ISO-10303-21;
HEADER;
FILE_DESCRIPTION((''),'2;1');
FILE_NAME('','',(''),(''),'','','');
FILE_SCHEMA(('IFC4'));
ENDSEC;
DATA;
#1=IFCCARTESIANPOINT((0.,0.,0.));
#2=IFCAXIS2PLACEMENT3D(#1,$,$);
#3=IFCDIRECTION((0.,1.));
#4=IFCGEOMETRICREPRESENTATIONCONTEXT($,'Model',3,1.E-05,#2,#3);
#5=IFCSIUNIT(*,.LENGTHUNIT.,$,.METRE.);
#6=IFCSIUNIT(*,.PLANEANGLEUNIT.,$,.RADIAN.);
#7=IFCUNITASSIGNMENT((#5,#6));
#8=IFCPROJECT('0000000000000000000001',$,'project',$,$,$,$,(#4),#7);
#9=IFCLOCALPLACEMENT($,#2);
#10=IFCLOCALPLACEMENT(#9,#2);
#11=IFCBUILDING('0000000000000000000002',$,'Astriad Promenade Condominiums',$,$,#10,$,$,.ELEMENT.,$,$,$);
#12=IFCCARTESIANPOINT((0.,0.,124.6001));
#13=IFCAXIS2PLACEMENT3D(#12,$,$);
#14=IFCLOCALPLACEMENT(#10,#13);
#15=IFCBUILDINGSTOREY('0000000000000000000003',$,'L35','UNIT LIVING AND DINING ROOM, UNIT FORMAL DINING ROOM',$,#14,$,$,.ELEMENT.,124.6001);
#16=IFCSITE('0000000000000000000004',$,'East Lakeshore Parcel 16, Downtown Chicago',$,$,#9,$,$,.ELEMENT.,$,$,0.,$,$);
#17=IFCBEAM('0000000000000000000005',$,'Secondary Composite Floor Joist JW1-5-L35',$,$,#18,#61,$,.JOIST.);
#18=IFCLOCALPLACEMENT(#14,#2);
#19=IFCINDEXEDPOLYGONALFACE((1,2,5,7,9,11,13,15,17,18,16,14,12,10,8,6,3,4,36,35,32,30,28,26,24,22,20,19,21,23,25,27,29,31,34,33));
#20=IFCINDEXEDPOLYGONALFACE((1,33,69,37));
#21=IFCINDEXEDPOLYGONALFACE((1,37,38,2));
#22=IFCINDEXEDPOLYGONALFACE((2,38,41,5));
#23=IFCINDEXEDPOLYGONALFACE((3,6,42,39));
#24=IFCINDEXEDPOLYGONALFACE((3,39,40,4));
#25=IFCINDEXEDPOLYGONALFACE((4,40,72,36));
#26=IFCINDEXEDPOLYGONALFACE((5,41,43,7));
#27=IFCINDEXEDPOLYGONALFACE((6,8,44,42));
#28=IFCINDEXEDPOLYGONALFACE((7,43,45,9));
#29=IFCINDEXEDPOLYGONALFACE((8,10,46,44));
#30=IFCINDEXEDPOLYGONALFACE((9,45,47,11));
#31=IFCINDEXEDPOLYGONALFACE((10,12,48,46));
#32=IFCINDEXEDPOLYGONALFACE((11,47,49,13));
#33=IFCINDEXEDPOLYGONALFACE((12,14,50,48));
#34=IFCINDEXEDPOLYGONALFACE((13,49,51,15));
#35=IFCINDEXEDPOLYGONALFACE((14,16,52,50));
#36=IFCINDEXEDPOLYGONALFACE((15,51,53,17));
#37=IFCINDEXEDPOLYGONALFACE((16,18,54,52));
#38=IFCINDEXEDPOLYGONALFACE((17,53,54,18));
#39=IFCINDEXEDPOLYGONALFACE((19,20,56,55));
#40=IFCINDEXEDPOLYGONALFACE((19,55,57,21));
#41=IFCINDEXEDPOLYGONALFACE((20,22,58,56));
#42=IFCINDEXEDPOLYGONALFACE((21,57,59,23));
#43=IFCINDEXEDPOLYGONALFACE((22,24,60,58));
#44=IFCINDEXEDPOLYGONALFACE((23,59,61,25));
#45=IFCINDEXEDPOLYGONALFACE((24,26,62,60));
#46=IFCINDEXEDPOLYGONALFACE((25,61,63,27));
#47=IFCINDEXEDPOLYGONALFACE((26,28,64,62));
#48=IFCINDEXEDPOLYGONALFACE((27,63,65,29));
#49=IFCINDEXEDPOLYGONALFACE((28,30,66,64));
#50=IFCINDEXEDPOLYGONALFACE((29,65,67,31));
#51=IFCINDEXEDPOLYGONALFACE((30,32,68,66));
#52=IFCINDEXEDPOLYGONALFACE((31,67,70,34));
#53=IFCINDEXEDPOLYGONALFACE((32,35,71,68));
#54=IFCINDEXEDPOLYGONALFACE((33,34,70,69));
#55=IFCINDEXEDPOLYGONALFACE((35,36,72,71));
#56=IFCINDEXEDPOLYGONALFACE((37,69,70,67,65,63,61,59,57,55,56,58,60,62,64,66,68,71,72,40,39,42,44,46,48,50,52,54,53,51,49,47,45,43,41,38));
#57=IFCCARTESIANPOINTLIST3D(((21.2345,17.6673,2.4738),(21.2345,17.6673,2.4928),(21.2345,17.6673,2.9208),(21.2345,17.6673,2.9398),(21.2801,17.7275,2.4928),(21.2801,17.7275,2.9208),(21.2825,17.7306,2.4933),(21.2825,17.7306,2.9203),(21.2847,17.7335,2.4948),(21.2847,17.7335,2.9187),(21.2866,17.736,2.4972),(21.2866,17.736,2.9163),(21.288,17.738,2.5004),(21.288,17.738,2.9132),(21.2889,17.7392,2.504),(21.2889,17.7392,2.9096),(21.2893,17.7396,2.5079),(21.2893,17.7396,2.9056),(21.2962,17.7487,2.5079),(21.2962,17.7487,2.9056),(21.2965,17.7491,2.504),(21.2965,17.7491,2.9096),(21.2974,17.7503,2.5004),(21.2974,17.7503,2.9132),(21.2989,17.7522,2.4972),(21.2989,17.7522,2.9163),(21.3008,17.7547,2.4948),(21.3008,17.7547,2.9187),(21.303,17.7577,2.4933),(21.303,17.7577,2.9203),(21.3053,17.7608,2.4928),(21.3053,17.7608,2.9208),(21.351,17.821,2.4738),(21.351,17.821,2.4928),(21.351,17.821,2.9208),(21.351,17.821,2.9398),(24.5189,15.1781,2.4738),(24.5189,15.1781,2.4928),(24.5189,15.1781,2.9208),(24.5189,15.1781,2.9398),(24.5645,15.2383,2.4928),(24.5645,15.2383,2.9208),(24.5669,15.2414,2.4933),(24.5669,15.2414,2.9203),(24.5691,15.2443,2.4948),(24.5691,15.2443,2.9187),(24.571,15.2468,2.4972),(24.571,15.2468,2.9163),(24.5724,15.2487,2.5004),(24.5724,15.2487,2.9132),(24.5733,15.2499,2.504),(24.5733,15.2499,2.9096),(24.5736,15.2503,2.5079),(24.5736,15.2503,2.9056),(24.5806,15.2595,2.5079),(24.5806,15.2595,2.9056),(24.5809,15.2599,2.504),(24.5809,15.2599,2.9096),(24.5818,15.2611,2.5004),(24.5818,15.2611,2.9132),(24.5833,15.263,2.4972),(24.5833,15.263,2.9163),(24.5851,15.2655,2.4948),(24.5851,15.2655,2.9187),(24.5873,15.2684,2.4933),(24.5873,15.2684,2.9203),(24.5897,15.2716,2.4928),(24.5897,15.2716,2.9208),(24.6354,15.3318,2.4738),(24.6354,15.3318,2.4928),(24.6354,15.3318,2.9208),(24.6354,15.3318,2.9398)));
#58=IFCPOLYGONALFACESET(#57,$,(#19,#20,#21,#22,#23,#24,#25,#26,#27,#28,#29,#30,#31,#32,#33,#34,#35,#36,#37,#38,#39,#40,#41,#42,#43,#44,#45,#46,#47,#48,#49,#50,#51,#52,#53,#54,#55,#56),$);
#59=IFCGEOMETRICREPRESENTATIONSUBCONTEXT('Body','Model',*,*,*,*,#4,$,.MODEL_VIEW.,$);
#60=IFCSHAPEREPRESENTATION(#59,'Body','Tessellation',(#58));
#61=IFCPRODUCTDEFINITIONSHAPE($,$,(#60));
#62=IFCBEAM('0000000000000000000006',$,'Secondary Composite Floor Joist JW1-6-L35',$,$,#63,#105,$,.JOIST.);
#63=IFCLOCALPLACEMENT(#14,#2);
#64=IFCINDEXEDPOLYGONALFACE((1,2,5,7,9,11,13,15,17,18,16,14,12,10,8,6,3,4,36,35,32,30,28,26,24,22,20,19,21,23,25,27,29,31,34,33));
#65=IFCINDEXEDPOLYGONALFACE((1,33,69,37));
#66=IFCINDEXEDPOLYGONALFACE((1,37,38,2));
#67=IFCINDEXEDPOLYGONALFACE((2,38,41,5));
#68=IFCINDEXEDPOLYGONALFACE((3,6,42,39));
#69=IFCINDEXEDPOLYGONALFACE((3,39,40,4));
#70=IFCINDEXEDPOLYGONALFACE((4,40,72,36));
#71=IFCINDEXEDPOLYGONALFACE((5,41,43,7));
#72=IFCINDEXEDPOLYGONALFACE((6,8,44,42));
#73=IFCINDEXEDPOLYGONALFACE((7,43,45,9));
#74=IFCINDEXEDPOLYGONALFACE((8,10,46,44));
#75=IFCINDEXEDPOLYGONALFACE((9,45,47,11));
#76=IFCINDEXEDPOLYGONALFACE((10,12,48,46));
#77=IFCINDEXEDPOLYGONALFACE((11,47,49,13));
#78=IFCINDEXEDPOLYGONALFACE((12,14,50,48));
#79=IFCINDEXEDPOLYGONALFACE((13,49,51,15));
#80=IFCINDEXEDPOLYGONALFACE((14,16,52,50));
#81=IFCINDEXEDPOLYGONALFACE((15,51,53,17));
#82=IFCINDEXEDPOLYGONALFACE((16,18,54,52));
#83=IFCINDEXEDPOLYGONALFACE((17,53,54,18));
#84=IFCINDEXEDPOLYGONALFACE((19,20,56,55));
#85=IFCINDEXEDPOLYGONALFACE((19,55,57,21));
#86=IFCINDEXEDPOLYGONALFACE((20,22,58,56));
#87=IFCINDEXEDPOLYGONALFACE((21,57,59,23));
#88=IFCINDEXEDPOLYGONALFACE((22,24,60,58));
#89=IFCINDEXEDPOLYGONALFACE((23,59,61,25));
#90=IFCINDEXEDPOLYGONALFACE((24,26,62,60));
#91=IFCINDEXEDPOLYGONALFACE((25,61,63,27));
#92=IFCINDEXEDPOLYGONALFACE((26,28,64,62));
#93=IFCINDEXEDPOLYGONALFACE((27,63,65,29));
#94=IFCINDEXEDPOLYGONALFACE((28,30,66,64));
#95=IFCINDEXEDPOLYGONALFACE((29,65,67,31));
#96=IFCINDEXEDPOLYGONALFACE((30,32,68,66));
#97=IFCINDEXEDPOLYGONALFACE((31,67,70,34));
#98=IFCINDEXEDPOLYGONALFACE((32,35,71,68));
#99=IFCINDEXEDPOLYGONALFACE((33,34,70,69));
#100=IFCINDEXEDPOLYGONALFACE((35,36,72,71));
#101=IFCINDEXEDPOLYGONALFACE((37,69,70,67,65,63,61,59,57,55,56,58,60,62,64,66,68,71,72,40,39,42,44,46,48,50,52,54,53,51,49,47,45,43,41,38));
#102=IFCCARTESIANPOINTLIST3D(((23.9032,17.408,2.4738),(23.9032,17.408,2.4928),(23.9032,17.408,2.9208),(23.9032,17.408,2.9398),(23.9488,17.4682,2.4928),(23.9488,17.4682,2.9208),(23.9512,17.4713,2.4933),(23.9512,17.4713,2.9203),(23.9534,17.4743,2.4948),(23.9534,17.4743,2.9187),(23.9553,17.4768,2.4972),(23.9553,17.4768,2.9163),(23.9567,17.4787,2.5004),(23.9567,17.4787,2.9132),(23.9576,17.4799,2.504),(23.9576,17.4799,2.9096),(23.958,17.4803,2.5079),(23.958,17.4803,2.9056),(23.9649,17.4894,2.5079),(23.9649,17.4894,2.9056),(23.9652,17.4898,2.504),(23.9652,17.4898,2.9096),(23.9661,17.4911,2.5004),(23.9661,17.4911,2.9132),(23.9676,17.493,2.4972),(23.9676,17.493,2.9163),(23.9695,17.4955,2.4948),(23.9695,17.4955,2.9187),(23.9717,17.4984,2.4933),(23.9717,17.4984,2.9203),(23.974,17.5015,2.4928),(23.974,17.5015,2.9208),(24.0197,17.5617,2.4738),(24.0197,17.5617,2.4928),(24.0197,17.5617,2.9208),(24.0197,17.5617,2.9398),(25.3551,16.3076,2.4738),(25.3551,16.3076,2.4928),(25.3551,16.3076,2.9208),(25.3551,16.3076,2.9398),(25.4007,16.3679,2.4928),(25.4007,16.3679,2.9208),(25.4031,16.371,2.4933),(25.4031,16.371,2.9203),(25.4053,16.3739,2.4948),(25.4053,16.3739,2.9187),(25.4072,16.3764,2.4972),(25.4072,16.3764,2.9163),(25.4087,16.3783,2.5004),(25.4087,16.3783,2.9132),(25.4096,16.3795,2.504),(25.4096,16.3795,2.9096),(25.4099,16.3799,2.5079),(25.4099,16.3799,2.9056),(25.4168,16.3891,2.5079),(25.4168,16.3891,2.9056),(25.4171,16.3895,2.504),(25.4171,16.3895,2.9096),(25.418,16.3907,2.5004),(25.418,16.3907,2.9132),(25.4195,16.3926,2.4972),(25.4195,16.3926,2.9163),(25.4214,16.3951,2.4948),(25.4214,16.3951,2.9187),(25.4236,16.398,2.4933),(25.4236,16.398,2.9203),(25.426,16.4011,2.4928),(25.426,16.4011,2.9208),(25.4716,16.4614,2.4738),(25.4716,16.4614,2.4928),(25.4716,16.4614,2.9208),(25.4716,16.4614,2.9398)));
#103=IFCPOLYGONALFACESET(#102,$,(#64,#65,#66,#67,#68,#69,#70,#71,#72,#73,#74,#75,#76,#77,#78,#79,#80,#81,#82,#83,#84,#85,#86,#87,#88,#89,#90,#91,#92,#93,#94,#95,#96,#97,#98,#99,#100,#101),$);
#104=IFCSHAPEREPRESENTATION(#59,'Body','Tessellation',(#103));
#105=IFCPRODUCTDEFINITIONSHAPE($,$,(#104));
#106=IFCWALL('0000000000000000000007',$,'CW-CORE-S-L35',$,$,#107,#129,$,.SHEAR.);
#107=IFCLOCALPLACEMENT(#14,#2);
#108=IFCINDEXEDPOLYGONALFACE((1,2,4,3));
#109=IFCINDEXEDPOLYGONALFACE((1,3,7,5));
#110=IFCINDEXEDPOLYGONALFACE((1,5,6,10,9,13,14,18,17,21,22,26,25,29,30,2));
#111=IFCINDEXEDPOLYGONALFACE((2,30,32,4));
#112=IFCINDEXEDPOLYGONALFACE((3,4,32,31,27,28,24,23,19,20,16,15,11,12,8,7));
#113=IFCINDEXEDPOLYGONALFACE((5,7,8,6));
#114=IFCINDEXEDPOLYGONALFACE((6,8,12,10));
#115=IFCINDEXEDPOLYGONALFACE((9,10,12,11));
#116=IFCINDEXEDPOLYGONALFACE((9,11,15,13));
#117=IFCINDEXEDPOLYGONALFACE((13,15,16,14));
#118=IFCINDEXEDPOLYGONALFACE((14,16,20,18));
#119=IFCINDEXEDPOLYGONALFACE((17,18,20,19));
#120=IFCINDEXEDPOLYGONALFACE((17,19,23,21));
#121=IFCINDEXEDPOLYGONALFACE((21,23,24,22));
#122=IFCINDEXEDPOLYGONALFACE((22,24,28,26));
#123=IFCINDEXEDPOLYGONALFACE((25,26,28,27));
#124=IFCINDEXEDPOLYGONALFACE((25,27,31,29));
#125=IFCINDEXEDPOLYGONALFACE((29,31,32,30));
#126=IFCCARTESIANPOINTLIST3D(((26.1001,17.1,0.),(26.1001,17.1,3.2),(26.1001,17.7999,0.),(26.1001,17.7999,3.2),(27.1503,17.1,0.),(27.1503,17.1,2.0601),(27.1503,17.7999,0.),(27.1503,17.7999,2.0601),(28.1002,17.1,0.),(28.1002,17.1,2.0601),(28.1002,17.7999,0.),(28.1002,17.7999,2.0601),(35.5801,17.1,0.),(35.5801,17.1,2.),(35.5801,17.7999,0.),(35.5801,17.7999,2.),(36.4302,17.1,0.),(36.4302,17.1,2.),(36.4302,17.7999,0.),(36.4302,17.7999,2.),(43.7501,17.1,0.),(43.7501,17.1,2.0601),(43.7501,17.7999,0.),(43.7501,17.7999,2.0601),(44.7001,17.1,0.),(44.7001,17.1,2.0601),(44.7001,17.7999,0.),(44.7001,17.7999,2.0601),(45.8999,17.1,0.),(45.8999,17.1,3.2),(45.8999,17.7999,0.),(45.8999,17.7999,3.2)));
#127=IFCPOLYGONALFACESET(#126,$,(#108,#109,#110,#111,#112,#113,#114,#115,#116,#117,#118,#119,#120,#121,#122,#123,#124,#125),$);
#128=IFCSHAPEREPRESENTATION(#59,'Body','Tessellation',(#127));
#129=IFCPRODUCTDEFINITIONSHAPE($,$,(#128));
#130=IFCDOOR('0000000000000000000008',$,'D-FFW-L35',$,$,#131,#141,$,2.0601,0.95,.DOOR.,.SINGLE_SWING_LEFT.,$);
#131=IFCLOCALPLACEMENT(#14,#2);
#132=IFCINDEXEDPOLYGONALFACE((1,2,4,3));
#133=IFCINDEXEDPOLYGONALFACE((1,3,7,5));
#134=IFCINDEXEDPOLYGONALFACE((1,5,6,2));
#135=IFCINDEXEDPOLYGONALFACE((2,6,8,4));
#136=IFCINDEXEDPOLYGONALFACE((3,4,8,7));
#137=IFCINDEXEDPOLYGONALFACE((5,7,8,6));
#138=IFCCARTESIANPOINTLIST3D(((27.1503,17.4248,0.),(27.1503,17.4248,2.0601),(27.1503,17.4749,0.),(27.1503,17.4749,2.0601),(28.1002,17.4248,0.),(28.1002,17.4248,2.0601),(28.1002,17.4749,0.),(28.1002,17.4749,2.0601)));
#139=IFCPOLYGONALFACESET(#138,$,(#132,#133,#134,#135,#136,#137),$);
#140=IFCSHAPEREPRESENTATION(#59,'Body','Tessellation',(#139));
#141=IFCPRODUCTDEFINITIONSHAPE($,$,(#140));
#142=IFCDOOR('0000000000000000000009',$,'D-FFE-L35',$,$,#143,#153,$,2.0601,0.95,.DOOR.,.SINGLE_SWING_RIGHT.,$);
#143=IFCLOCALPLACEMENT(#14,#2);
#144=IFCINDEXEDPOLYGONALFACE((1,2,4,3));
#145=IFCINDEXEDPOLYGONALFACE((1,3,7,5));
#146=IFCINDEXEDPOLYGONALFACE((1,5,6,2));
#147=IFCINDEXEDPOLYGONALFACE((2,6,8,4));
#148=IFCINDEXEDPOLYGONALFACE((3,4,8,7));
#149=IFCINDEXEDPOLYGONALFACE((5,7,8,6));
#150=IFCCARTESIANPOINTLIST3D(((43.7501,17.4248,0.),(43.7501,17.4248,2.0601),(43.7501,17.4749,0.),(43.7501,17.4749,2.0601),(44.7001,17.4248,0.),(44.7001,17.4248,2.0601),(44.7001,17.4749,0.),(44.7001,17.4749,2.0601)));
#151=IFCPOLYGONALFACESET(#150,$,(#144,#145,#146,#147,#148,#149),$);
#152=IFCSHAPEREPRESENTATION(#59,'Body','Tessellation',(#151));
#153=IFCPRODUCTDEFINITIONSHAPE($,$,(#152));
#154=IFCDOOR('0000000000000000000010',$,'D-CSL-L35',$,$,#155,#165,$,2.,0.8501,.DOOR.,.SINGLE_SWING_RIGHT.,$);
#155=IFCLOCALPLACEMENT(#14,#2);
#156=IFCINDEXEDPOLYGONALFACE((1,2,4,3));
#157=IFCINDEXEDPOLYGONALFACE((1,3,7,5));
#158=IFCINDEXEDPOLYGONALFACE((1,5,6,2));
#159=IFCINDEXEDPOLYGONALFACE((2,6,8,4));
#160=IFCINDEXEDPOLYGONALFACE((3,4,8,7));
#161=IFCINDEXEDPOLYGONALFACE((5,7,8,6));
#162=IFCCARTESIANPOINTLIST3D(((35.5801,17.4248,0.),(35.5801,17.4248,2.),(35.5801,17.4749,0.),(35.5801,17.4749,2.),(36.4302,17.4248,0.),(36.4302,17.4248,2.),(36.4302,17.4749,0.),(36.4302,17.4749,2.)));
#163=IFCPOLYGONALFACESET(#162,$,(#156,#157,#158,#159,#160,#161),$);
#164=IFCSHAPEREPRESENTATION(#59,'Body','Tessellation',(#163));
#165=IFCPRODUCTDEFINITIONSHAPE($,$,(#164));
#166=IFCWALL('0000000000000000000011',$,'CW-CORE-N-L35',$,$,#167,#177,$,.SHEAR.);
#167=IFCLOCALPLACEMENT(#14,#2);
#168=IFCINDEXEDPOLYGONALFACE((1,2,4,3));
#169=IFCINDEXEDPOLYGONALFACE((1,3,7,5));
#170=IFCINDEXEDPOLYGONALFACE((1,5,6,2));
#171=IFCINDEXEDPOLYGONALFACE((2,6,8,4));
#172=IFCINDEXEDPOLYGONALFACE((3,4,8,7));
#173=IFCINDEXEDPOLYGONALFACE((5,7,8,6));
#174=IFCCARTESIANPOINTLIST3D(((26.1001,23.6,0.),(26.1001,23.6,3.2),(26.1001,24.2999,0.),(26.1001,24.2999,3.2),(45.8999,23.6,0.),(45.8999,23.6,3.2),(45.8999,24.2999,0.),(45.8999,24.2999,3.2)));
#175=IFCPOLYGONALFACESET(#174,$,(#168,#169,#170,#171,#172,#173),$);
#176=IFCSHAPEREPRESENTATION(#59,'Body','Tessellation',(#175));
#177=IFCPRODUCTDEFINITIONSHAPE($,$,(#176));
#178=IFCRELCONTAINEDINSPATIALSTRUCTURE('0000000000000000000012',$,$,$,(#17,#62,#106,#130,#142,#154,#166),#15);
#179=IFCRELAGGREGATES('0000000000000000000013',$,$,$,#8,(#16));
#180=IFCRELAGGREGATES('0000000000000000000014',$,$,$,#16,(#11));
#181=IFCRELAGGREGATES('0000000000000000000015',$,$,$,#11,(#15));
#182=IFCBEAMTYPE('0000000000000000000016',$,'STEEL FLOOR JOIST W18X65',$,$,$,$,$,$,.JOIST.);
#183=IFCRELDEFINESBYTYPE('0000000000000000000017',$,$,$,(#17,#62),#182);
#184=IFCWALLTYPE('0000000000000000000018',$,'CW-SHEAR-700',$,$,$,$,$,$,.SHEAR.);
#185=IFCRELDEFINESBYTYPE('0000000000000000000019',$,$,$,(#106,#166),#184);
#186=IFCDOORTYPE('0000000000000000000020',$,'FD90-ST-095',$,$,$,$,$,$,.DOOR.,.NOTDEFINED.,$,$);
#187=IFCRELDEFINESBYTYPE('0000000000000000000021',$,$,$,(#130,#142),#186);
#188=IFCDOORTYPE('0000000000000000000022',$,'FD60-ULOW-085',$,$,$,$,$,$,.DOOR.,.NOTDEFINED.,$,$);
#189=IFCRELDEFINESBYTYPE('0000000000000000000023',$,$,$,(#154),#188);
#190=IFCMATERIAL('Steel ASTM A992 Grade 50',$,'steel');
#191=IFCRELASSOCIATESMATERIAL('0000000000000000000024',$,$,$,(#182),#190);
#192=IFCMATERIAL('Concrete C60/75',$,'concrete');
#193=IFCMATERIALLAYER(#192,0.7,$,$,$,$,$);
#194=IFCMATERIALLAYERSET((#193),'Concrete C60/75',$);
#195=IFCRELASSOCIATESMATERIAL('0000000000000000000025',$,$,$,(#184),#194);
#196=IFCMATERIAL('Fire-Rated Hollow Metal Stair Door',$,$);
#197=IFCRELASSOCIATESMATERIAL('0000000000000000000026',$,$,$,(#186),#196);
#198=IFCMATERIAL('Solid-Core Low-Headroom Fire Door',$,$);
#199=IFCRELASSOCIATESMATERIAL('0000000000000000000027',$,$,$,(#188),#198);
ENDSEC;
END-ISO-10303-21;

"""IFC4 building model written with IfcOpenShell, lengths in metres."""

from ifc_helpers import new_model, si_unit, direction, frame, frame_2d, origin, origin_2d, place, context, subcontext, project, spatial, rectangle, i_section, extrude, source, transform, mapped, material, layer, layer_set, material_profile, profile_set, type_object, type_shapes, element, fill, save


model = new_model("IFC4")

# Units and contexts
model_context = context("Model", 3, precision=1e-05, world=origin(), true_north=direction((0.0, 1.0)))
body_context = subcontext(model_context, "Body", "Model", "MODEL_VIEW")
ifc_project = project(units=[si_unit("LENGTHUNIT", "METRE"), si_unit("PLANEANGLEUNIT", "RADIAN")], contexts=[model_context])

# Site, building, storey
site_placement = place(None, origin())
site = spatial("IfcSite", under=ifc_project, at=site_placement, Name="East Lakeshore Parcel 16, Downtown Chicago", CompositionType="ELEMENT", RefElevation=0.0)
building_placement = place(site_placement, origin())
building = spatial("IfcBuilding", under=site, at=building_placement, Name="Astriad Promenade Condominiums", CompositionType="ELEMENT")
storey_placement = place(building_placement, frame((0.0, 0.0, 124.6001)))
storey = spatial("IfcBuildingStorey", under=building, at=storey_placement, Name="L35", Description="UNIT LIVING AND DINING ROOM, UNIT FORMAL DINING ROOM", CompositionType="ELEMENT", Elevation=124.6001)

# Shared definitions
ifc_material_1 = material(Name="Steel ASTM A992 Grade 50", Category="steel")
ifc_material_2 = material(Name="Concrete C60/75", Category="concrete")

# Beams
ifc_material_profile_1 = material_profile(ifc_material_1, i_section(OverallWidth=0.1929, OverallDepth=0.4661, WebThickness=0.0115, FlangeThickness=0.019, FilletRadius=0.0151, at=origin_2d()), Name="W18X65")
ifc_profile_set_1 = profile_set([ifc_material_profile_1], Name="Steel ASTM A992 Grade 50")
beam_type_1 = type_object("IfcBeamType", Name="STEEL FLOOR JOIST W18X65", PredefinedType="JOIST", material=ifc_profile_set_1)
shared_shape_1 = source(origin(), body_context, "Body", "SweptSolid", [
    extrude(i_section(OverallWidth=0.1929, OverallDepth=0.4661, WebThickness=0.0115, FlangeThickness=0.019, FilletRadius=0.0151, at=origin_2d()), origin(), (0.0, 0.0, 1.0), 4.1211),
])
beam_1_placement = place(storey_placement, frame((21.2927, 17.7441, 2.7068), z_axis=(0.796969, -0.604021, 0.0), x_axis=(0.604021, 0.796969, 0.0)))
element("IfcBeam", 1, at=beam_1_placement, inside=storey, type_object=beam_type_1, Name="Secondary Composite Floor Joist JW1-5-L35", PredefinedType="JOIST", context=body_context, shape_type="MappedRepresentation", body=[
    mapped(shared_shape_1, transform((0.0, 0.0, 0.0), scale=1.0)),
])
shared_shape_2 = source(origin(), body_context, "Body", "SweptSolid", [
    extrude(i_section(OverallWidth=0.1929, OverallDepth=0.4661, WebThickness=0.0115, FlangeThickness=0.019, FilletRadius=0.0151, at=origin_2d()), origin(), (0.0, 0.0, 1.0), 1.8218),
])
type_shapes(beam_type_1, [shared_shape_1, shared_shape_2])
beam_2_placement = place(storey_placement, frame((23.9614, 17.4849, 2.7068), z_axis=(0.796983, -0.604002, 0.0), x_axis=(0.604002, 0.796983, 0.0)))
element("IfcBeam", 2, at=beam_2_placement, inside=storey, type_object=beam_type_1, Name="Secondary Composite Floor Joist JW1-6-L35", PredefinedType="JOIST", context=body_context, shape_type="MappedRepresentation", body=[
    mapped(shared_shape_2, transform((0.0, 0.0, 0.0), scale=1.0)),
])

# Wall, openings, doors
ifc_layer_1 = layer(ifc_material_2, 0.7)
ifc_layer_set_1 = layer_set([ifc_layer_1], Name="Concrete C60/75")
wall_type_1 = type_object("IfcWallType", Name="CW-SHEAR-700", PredefinedType="SHEAR", material=ifc_layer_set_1)
wall_1_placement = place(storey_placement, frame((26.1001, 17.45, 0.0), z_axis=(0.0, 0.0, 1.0), x_axis=(1.0, 0.0, 0.0)))
wall_1 = element("IfcWall", 3, at=wall_1_placement, inside=storey, type_object=wall_type_1, Name="CW-CORE-S-L35", PredefinedType="SHEAR", context=body_context, shape_type="SweptSolid", body=[
    extrude(rectangle(XDim=19.7998, YDim=0.7, at=frame_2d((9.8999, 0.0))), origin(), (0.0, 0.0, 1.0), 3.2),
])
opening_1_placement = place(wall_1_placement, frame((1.05, 0.0, 0.0)))
opening_1 = element("IfcOpeningElement", 4, at=opening_1_placement, cuts=wall_1, PredefinedType="OPENING", context=body_context, shape_type="SweptSolid", body=[
    extrude(rectangle(XDim=0.95, YDim=2.0601, at=frame_2d((0.4751, 1.03))), frame((0.0, 0.3599, 0.0), z_axis=(0.0, -1.0, 0.0), x_axis=(1.0, 0.0, 0.0)), (0.0, 0.0, 1.0), 0.72),
])
opening_2_placement = place(wall_1_placement, frame((9.48, 0.0, 0.0)))
opening_2 = element("IfcOpeningElement", 5, at=opening_2_placement, cuts=wall_1, PredefinedType="OPENING", context=body_context, shape_type="SweptSolid", body=[
    extrude(rectangle(XDim=0.8501, YDim=2.0, at=frame_2d((0.425, 1.0))), frame((0.0, 0.3599, 0.0), z_axis=(0.0, -1.0, 0.0), x_axis=(1.0, 0.0, 0.0)), (0.0, 0.0, 1.0), 0.72),
])
opening_3_placement = place(wall_1_placement, frame((17.6499, 0.0, 0.0)))
opening_3 = element("IfcOpeningElement", 6, at=opening_3_placement, cuts=wall_1, PredefinedType="OPENING", context=body_context, shape_type="SweptSolid", body=[
    extrude(rectangle(XDim=0.95, YDim=2.0601, at=frame_2d((0.4751, 1.03))), frame((0.0, 0.3599, 0.0), z_axis=(0.0, -1.0, 0.0), x_axis=(1.0, 0.0, 0.0)), (0.0, 0.0, 1.0), 0.72),
])
ifc_material_3 = material(Name="Fire-Rated Hollow Metal Stair Door")
door_type_1 = type_object("IfcDoorType", Name="FD90-ST-095", OperationType="NOTDEFINED", PredefinedType="DOOR", material=ifc_material_3)
shared_shape_3 = source(origin(), body_context, "Body", "SweptSolid", [
    extrude(rectangle(XDim=0.95, YDim=2.0601, at=frame_2d((0.4751, 1.03))), frame((0.0, 0.0249, 0.0), z_axis=(0.0, -1.0, 0.0), x_axis=(1.0, 0.0, 0.0)), (0.0, 0.0, 1.0), 0.05),
])
type_shapes(door_type_1, [shared_shape_3])
door_1_placement = place(opening_1_placement, origin())
door_1 = element("IfcDoor", 7, at=door_1_placement, inside=storey, type_object=door_type_1, Name="D-FFW-L35", OperationType="SINGLE_SWING_LEFT", OverallHeight=2.0601, OverallWidth=0.95, PredefinedType="DOOR", context=body_context, shape_type="MappedRepresentation", body=[
    mapped(shared_shape_3, transform((0.0, 0.0, 0.0), scale=1.0)),
])
fill(opening_1, door_1)
door_2_placement = place(opening_3_placement, origin())
door_2 = element("IfcDoor", 8, at=door_2_placement, inside=storey, type_object=door_type_1, Name="D-FFE-L35", OperationType="SINGLE_SWING_RIGHT", OverallHeight=2.0601, OverallWidth=0.95, PredefinedType="DOOR", context=body_context, shape_type="MappedRepresentation", body=[
    mapped(shared_shape_3, transform((0.0, 0.0, 0.0), scale=1.0)),
])
fill(opening_3, door_2)
ifc_material_4 = material(Name="Solid-Core Low-Headroom Fire Door")
door_type_2 = type_object("IfcDoorType", Name="FD60-ULOW-085", OperationType="NOTDEFINED", PredefinedType="DOOR", material=ifc_material_4)
shared_shape_4 = source(origin(), body_context, "Body", "SweptSolid", [
    extrude(rectangle(XDim=0.8501, YDim=2.0, at=frame_2d((0.425, 1.0))), frame((0.0, 0.0249, 0.0), z_axis=(0.0, -1.0, 0.0), x_axis=(1.0, 0.0, 0.0)), (0.0, 0.0, 1.0), 0.05),
])
type_shapes(door_type_2, [shared_shape_4])
door_3_placement = place(opening_2_placement, origin())
door_3 = element("IfcDoor", 9, at=door_3_placement, inside=storey, type_object=door_type_2, Name="D-CSL-L35", OperationType="SINGLE_SWING_RIGHT", OverallHeight=2.0, OverallWidth=0.8501, PredefinedType="DOOR", context=body_context, shape_type="MappedRepresentation", body=[
    mapped(shared_shape_4, transform((0.0, 0.0, 0.0), scale=1.0)),
])
fill(opening_2, door_3)

# Wall
wall_2_placement = place(storey_placement, frame((26.1001, 23.95, 0.0), z_axis=(0.0, 0.0, 1.0), x_axis=(1.0, 0.0, 0.0)))
element("IfcWall", 10, at=wall_2_placement, inside=storey, type_object=wall_type_1, Name="CW-CORE-N-L35", PredefinedType="SHEAR", context=body_context, shape_type="SweptSolid", body=[
    extrude(rectangle(XDim=19.7998, YDim=0.7, at=frame_2d((9.8999, 0.0))), origin(), (0.0, 0.0, 1.0), 3.2),
])

save(model, "model.ifc")
